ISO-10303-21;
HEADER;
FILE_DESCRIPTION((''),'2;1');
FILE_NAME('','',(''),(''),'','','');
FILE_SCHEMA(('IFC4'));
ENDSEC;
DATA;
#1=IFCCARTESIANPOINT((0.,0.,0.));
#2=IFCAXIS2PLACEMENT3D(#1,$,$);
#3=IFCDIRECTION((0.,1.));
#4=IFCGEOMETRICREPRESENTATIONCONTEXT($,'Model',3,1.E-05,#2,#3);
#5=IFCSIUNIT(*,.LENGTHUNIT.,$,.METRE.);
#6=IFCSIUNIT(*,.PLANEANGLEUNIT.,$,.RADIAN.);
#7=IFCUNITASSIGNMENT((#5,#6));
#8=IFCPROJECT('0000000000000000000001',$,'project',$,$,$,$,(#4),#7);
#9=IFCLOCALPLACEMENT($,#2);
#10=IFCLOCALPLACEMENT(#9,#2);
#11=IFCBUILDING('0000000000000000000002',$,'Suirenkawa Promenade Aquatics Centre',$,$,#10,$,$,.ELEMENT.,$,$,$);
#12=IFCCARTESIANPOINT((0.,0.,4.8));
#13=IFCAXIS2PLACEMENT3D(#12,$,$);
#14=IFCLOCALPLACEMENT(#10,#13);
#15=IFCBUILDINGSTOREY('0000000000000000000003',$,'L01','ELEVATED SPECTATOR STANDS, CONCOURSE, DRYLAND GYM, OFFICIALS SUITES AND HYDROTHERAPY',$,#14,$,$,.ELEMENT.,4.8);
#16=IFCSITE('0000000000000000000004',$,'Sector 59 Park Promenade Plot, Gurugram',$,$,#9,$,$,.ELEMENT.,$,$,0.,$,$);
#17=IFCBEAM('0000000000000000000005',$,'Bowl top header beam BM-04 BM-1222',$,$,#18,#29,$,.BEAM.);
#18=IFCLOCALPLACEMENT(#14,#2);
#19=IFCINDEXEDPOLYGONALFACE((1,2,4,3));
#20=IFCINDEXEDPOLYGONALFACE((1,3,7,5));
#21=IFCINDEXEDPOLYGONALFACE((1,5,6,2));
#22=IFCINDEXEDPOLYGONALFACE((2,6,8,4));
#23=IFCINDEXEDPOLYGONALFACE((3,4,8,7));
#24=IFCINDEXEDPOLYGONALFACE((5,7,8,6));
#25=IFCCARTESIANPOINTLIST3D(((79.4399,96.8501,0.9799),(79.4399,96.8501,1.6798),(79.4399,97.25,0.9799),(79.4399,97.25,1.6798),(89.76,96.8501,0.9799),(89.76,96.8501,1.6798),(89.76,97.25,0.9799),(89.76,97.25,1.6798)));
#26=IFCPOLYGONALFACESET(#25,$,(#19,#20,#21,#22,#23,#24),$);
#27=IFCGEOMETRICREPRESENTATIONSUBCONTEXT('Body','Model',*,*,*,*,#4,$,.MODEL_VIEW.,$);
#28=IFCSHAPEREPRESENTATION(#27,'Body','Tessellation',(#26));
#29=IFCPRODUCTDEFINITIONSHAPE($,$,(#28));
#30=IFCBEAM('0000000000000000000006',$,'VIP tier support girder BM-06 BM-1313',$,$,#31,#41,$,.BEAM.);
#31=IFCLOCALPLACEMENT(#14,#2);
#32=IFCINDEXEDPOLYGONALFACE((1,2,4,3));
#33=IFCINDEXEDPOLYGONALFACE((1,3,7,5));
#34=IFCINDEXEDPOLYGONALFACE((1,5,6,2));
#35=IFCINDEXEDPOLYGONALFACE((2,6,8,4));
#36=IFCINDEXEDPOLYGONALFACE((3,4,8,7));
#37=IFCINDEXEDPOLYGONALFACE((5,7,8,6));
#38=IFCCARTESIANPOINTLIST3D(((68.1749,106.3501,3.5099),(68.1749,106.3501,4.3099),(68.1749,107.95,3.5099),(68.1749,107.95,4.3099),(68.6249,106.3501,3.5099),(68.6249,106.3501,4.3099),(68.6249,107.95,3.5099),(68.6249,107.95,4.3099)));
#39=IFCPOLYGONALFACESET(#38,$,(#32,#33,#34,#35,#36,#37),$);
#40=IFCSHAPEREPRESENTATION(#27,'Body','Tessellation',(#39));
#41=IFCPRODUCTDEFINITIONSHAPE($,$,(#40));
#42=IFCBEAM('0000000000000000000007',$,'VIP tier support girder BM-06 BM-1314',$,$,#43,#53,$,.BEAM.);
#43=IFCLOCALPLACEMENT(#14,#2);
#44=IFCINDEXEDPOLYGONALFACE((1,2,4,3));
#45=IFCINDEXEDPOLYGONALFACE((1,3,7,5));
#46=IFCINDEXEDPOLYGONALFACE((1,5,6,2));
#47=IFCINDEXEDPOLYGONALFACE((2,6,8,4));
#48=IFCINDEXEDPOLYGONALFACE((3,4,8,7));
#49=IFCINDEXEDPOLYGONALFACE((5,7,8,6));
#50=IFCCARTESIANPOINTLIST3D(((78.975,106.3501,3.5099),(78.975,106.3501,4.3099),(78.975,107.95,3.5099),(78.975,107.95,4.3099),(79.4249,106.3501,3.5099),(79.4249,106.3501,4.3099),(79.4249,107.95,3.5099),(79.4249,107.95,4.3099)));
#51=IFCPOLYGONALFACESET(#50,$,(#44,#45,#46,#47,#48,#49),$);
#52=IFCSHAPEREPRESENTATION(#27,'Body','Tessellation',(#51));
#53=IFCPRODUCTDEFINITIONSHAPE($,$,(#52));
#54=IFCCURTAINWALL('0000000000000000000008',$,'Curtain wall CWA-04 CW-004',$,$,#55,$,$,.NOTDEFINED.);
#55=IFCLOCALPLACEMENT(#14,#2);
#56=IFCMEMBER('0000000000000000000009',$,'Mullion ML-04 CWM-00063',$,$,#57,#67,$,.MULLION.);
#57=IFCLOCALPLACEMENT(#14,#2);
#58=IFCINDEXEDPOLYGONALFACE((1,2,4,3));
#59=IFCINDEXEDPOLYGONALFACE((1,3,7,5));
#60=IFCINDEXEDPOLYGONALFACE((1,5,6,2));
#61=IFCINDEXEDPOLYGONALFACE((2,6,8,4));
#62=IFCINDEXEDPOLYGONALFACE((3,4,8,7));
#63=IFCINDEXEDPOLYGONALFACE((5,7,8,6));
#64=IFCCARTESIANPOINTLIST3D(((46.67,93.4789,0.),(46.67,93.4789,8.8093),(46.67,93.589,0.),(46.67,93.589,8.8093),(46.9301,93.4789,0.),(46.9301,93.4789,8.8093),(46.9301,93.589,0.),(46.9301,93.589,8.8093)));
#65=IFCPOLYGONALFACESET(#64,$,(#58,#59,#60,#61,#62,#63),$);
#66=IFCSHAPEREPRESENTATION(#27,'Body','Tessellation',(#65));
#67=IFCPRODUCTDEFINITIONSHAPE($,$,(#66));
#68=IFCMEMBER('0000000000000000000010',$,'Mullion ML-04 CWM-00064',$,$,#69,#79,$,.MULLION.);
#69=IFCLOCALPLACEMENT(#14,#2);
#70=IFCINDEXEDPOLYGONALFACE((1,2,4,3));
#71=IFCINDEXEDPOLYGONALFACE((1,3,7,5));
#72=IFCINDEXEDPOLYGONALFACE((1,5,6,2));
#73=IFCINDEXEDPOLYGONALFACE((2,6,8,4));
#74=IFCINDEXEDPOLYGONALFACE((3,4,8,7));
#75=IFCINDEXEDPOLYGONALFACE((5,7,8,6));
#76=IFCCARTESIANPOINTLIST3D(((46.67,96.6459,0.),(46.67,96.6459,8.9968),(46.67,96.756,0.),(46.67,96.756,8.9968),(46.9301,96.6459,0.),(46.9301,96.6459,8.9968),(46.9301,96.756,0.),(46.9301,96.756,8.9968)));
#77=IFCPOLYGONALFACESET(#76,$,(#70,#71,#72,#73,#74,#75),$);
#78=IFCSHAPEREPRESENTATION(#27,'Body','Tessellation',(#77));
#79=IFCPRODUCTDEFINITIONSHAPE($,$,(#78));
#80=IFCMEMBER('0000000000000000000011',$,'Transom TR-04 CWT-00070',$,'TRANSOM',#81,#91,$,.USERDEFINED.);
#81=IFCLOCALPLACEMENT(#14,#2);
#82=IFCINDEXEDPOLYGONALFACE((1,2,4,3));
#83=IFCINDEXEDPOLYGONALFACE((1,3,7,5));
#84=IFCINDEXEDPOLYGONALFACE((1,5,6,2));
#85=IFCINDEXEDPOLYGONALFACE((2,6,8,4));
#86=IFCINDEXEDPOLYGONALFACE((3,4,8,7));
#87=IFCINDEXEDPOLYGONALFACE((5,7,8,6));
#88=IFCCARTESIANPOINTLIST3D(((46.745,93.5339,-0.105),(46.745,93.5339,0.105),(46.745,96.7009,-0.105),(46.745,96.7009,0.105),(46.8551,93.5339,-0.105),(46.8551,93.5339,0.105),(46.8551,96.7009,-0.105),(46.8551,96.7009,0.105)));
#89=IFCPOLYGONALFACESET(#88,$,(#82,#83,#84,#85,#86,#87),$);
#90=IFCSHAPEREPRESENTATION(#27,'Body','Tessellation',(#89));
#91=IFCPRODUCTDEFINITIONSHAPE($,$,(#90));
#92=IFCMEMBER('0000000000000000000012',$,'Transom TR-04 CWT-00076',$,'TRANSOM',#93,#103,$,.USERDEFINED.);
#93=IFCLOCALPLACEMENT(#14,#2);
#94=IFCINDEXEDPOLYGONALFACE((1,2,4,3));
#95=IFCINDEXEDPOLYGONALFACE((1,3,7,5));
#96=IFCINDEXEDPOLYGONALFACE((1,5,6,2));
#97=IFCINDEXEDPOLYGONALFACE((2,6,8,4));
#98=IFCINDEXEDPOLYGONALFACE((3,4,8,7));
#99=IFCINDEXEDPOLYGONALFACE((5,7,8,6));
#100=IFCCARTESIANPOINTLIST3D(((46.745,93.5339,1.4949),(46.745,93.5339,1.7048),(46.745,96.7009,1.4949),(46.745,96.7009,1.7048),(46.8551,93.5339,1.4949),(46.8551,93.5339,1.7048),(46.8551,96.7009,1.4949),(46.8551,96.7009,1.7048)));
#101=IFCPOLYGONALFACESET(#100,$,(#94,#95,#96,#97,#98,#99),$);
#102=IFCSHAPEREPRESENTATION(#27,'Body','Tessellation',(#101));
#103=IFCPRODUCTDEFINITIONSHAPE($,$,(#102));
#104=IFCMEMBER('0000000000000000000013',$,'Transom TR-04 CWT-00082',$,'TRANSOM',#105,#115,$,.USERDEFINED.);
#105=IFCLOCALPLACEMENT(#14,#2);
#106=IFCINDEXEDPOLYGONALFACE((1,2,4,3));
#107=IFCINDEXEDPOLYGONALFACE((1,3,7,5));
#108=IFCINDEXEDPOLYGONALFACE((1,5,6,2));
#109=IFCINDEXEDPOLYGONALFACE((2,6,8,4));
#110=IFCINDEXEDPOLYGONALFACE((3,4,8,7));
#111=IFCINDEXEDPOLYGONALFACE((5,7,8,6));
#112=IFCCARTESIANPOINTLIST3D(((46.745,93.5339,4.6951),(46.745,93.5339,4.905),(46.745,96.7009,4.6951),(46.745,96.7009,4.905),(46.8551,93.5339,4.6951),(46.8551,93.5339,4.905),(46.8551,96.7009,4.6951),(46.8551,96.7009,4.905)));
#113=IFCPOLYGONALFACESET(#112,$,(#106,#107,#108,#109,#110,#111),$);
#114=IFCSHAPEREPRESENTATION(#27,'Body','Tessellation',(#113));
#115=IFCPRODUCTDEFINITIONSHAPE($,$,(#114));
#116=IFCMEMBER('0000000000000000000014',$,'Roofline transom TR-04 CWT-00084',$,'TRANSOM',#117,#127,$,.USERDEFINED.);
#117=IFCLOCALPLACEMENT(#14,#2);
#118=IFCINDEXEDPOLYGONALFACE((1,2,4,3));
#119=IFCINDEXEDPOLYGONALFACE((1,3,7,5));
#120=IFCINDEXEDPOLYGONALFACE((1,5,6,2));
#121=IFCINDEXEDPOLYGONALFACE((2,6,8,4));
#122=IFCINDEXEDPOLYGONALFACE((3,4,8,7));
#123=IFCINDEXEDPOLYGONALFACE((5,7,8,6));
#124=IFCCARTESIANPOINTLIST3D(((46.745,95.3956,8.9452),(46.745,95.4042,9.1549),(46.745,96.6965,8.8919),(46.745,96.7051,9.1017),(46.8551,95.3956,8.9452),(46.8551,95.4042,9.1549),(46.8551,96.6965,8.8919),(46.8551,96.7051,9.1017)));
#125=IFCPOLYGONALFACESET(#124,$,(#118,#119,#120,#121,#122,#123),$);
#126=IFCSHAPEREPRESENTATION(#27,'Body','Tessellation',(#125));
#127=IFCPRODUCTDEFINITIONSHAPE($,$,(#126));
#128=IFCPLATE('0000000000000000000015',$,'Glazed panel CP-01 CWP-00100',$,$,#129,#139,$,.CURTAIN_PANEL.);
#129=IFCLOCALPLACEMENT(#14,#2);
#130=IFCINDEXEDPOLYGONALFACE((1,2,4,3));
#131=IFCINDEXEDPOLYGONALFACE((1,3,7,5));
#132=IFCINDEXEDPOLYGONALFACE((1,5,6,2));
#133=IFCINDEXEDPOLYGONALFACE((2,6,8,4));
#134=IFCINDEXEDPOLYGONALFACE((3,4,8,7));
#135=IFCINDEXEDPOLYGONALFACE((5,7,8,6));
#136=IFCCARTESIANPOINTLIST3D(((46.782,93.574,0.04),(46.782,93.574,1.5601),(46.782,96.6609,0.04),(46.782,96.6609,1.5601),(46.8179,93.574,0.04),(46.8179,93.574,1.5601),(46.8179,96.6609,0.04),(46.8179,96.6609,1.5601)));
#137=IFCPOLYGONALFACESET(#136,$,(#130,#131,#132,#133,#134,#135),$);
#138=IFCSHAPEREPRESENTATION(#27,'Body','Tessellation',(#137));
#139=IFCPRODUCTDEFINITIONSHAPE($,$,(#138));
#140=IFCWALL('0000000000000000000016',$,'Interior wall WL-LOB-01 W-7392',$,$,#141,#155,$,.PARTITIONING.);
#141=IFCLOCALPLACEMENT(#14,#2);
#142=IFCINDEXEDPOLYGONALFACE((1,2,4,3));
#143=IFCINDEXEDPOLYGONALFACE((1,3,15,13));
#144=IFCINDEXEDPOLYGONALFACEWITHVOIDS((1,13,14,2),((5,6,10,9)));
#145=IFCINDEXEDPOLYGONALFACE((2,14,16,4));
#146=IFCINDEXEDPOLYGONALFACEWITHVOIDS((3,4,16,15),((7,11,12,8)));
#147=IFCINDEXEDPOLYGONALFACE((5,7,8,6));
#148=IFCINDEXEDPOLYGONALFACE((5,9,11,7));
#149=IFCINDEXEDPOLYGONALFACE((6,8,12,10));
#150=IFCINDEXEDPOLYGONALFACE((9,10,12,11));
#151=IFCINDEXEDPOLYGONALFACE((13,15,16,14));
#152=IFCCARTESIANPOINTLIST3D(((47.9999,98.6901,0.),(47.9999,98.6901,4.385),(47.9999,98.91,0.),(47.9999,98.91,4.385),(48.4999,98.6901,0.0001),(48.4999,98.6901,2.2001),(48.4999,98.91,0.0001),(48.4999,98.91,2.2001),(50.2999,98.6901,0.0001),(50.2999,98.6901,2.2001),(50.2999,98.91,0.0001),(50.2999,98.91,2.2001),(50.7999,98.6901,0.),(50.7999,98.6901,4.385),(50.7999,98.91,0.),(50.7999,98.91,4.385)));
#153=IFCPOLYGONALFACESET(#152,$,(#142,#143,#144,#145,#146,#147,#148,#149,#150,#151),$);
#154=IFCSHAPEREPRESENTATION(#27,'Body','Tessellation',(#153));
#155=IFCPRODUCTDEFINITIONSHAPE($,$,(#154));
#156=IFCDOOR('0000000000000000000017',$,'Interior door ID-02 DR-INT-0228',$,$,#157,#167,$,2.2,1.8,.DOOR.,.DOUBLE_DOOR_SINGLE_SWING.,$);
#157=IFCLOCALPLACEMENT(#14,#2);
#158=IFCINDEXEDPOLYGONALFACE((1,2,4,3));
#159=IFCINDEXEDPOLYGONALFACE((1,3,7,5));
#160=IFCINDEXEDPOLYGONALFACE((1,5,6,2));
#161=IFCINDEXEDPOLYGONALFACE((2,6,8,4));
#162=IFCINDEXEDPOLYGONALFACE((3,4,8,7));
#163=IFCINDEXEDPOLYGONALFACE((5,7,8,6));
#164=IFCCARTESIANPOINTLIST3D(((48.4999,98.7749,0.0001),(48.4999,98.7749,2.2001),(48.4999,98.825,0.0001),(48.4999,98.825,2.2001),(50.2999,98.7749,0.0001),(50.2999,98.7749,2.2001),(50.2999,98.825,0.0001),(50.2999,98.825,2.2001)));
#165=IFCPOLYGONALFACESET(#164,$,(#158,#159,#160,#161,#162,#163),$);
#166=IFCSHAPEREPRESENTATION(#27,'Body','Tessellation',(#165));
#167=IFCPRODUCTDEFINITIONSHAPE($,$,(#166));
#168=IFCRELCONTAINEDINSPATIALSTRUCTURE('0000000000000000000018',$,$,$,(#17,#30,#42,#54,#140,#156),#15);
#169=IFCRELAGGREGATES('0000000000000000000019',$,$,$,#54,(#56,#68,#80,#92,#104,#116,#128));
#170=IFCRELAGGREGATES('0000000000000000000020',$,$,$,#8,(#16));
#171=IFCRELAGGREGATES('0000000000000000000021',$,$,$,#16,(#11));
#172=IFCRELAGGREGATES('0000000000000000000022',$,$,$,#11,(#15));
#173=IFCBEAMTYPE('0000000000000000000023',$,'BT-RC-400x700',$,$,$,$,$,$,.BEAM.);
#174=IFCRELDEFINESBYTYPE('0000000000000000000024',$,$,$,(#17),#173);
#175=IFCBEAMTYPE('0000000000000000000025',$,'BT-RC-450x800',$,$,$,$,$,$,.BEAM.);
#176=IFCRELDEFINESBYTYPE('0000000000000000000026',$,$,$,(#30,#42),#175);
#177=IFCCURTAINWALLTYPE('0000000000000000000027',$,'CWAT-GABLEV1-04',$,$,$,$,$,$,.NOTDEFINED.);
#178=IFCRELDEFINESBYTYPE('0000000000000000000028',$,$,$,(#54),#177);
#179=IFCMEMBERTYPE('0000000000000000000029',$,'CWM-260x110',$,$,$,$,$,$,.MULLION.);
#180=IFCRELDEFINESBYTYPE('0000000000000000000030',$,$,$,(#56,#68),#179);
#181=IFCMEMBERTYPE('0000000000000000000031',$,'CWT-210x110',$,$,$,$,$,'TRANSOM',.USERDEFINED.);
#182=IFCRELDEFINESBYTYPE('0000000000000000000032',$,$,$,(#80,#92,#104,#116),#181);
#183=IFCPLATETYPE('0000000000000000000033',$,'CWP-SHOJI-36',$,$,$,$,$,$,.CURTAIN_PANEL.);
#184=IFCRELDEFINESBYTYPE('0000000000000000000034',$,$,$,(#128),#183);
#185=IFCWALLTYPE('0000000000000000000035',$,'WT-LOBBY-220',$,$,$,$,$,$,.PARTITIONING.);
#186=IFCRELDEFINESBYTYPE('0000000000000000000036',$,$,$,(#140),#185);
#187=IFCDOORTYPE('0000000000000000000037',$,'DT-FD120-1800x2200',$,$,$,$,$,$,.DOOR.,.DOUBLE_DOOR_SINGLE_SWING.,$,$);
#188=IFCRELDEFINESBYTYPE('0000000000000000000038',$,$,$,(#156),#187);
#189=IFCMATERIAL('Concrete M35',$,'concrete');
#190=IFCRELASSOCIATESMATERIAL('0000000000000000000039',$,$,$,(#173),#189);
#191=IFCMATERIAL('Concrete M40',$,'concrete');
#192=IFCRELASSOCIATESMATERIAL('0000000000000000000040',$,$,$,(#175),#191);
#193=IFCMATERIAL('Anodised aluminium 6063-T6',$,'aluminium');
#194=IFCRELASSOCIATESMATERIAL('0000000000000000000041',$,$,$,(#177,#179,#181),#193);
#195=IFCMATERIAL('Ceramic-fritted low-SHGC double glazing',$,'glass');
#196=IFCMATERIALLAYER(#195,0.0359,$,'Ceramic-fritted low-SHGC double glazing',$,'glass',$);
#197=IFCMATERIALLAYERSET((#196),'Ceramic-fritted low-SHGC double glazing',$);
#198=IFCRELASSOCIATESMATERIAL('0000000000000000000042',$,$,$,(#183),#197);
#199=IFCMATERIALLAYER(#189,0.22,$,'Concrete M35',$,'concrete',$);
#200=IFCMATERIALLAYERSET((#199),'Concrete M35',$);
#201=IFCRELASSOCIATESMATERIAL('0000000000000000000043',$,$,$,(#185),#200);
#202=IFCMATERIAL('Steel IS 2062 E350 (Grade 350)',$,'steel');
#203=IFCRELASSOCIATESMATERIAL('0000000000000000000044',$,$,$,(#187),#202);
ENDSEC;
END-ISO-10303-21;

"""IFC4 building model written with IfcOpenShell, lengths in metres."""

from ifc_helpers import new_model, si_unit, direction, frame, frame_2d, origin, origin_2d, place, context, subcontext, project, spatial, polyline, rectangle, outline, extrude, material, layer, layer_set, material_profile, profile_set, type_object, element, fill, aggregate, save


model = new_model("IFC4")

# Units and contexts
model_context = context("Model", 3, precision=1e-05, world=origin(), true_north=direction((0.0, 1.0)))
body_context = subcontext(model_context, "Body", "Model", "MODEL_VIEW")
ifc_project = project(units=[si_unit("LENGTHUNIT", "METRE"), si_unit("PLANEANGLEUNIT", "RADIAN")], contexts=[model_context])

# Site, building, storey
site_placement = place(None, origin())
site = spatial("IfcSite", under=ifc_project, at=site_placement, Name="Sector 59 Park Promenade Plot, Gurugram", CompositionType="ELEMENT", RefElevation=0.0)
building_placement = place(site_placement, origin())
building = spatial("IfcBuilding", under=site, at=building_placement, Name="Suirenkawa Promenade Aquatics Centre", CompositionType="ELEMENT")
storey_placement = place(building_placement, frame((0.0, 0.0, 4.8)))
storey = spatial("IfcBuildingStorey", under=building, at=storey_placement, Name="L01", Description="ELEVATED SPECTATOR STANDS, CONCOURSE, DRYLAND GYM, OFFICIALS SUITES AND HYDROTHERAPY", CompositionType="ELEMENT", Elevation=4.8)

# Shared definitions
ifc_material_1 = material(Name="Concrete M40", Category="concrete")

# Beams
ifc_material_2 = material(Name="Steel IS 2062 E350 (Grade 350)", Category="steel")
ifc_material_3 = material(Name="Concrete M35", Category="concrete")
ifc_material_profile_1 = material_profile(ifc_material_3, rectangle(XDim=0.3999, YDim=0.7, at=origin_2d()), Name="RC BM 400x700", Category="concrete")
ifc_profile_set_1 = profile_set([ifc_material_profile_1], Name="Concrete M35")
beam_type_1 = type_object("IfcBeamType", Name="BT-RC-400x700", PredefinedType="BEAM", material=ifc_profile_set_1)
for number, where, z_axis, x_axis, name in (
    (1, (79.4399, 97.05, 1.3298), (1.0, 0.0, 0.0), (0.0, 1.0, 0.0), "Bowl top header beam BM-04 BM-1222"),
):
    element("IfcBeam", number, at=place(storey_placement, frame(where, z_axis=z_axis, x_axis=x_axis)), inside=storey, type_object=beam_type_1, Name=name, PredefinedType="BEAM", context=body_context, shape_type="SweptSolid", body=[
        extrude(rectangle(XDim=0.3999, YDim=0.7, at=origin_2d()), origin(), (0.0, 0.0, 1.0), 10.3201),
    ])
ifc_material_profile_2 = material_profile(ifc_material_1, rectangle(XDim=0.45, YDim=0.8, at=origin_2d()), Name="RC BM 450x800", Category="concrete")
ifc_profile_set_2 = profile_set([ifc_material_profile_2], Name="Concrete M40")
beam_type_2 = type_object("IfcBeamType", Name="BT-RC-450x800", PredefinedType="BEAM", material=ifc_profile_set_2)
for number, where, z_axis, x_axis, name in (
    (2, (68.3999, 106.3501, 3.9099), (0.0, 1.0, 0.0), (-1.0, 0.0, 0.0), "VIP tier support girder BM-06 BM-1313"),
    (3, (79.2, 106.3501, 3.9099), (0.0, 1.0, 0.0), (-1.0, 0.0, 0.0), "VIP tier support girder BM-06 BM-1314"),
):
    element("IfcBeam", number, at=place(storey_placement, frame(where, z_axis=z_axis, x_axis=x_axis)), inside=storey, type_object=beam_type_2, Name=name, PredefinedType="BEAM", context=body_context, shape_type="SweptSolid", body=[
        extrude(rectangle(XDim=0.45, YDim=0.8, at=origin_2d()), origin(), (0.0, 0.0, 1.0), 1.5999),
    ])

# Curtain wall, members, plate
ifc_material_4 = material(Name="Anodised aluminium 6063-T6", Category="aluminium")
curtain_wall_type = type_object("IfcCurtainWallType", Name="CWAT-GABLEV1-04", PredefinedType="NOTDEFINED", material=ifc_material_4)
curtain_wall_placement = place(storey_placement, origin())
curtain_wall = element("IfcCurtainWall", 4, at=curtain_wall_placement, inside=storey, type_object=curtain_wall_type, Name="Curtain wall CWA-04 CW-004", PredefinedType="NOTDEFINED")
ifc_material_profile_3 = material_profile(ifc_material_4, rectangle(XDim=0.1101, YDim=0.26, at=origin_2d()), Name="ALU MULL 110x260", Category="aluminium")
ifc_profile_set_3 = profile_set([ifc_material_profile_3], Name="Anodised aluminium 6063-T6")
member_type_1 = type_object("IfcMemberType", Name="CWM-260x110", PredefinedType="MULLION", material=ifc_profile_set_3)
member_1_placement = place(storey_placement, frame((46.8, 93.5339, 0.0), z_axis=(0.0, 0.0, 1.0), x_axis=(0.0, 1.0, 0.0)))
member_1 = element("IfcMember", 5, at=member_1_placement, type_object=member_type_1, Name="Mullion ML-04 CWM-00063", PredefinedType="MULLION", context=body_context, shape_type="SweptSolid", body=[
    extrude(rectangle(XDim=0.1101, YDim=0.26, at=origin_2d()), origin(), (0.0, 0.0, 1.0), 8.8093),
])
member_2_placement = place(storey_placement, frame((46.8, 96.7009, 0.0), z_axis=(0.0, 0.0, 1.0), x_axis=(0.0, 1.0, 0.0)))
member_2 = element("IfcMember", 6, at=member_2_placement, type_object=member_type_1, Name="Mullion ML-04 CWM-00064", PredefinedType="MULLION", context=body_context, shape_type="SweptSolid", body=[
    extrude(rectangle(XDim=0.1101, YDim=0.26, at=origin_2d()), origin(), (0.0, 0.0, 1.0), 8.9968),
])
ifc_material_profile_4 = material_profile(ifc_material_4, rectangle(XDim=0.1101, YDim=0.21, at=origin_2d()), Name="ALU TRAN 110x210", Category="aluminium")
ifc_profile_set_4 = profile_set([ifc_material_profile_4], Name="Anodised aluminium 6063-T6")
member_type_2 = type_object("IfcMemberType", Name="CWT-210x110", ElementType="TRANSOM", PredefinedType="USERDEFINED", material=ifc_profile_set_4)
member_3_placement = place(storey_placement, frame((46.8, 93.5339, 0.0), z_axis=(0.0, 1.0, 0.0), x_axis=(-1.0, 0.0, 0.0)))
member_3 = element("IfcMember", 7, at=member_3_placement, type_object=member_type_2, Name="Transom TR-04 CWT-00070", ObjectType="TRANSOM", PredefinedType="USERDEFINED", context=body_context, shape_type="SweptSolid", body=[
    extrude(rectangle(XDim=0.1101, YDim=0.21, at=origin_2d()), origin(), (0.0, 0.0, 1.0), 3.167),
])
member_4_placement = place(storey_placement, frame((46.8, 93.5339, 1.5999), z_axis=(0.0, 1.0, 0.0), x_axis=(-1.0, 0.0, 0.0)))
member_4 = element("IfcMember", 8, at=member_4_placement, type_object=member_type_2, Name="Transom TR-04 CWT-00076", ObjectType="TRANSOM", PredefinedType="USERDEFINED", context=body_context, shape_type="SweptSolid", body=[
    extrude(rectangle(XDim=0.1101, YDim=0.21, at=origin_2d()), origin(), (0.0, 0.0, 1.0), 3.167),
])
member_5_placement = place(storey_placement, frame((46.8, 93.5339, 4.8), z_axis=(0.0, 1.0, 0.0), x_axis=(-1.0, 0.0, 0.0)))
member_5 = element("IfcMember", 9, at=member_5_placement, type_object=member_type_2, Name="Transom TR-04 CWT-00082", ObjectType="TRANSOM", PredefinedType="USERDEFINED", context=body_context, shape_type="SweptSolid", body=[
    extrude(rectangle(XDim=0.1101, YDim=0.21, at=origin_2d()), origin(), (0.0, 0.0, 1.0), 3.167),
])
member_6_placement = place(storey_placement, frame((46.8, 95.3999, 9.05), z_axis=(0.0, 0.999164, -0.040874), x_axis=(-1.0, 0.0, 0.0)))
member_6 = element("IfcMember", 10, at=member_6_placement, type_object=member_type_2, Name="Roofline transom TR-04 CWT-00084", ObjectType="TRANSOM", PredefinedType="USERDEFINED", context=body_context, shape_type="SweptSolid", body=[
    extrude(rectangle(XDim=0.1101, YDim=0.21, at=origin_2d()), origin(), (0.0, 0.0, 1.0), 1.302),
])
ifc_material_5 = material(Name="Ceramic-fritted low-SHGC double glazing", Category="glass")
ifc_layer_1 = layer(ifc_material_5, 0.0359, Name="Ceramic-fritted low-SHGC double glazing", Category="glass")
ifc_layer_set_1 = layer_set([ifc_layer_1], Name="Ceramic-fritted low-SHGC double glazing")
plate_type = type_object("IfcPlateType", Name="CWP-SHOJI-36", PredefinedType="CURTAIN_PANEL", material=ifc_layer_set_1)
plate_1_placement = place(storey_placement, frame((46.8, 93.5339, 0.04), z_axis=(0.0, 0.0, 1.0), x_axis=(0.0, 1.0, 0.0)))
plate_1 = element("IfcPlate", 11, at=plate_1_placement, type_object=plate_type, Name="Glazed panel CP-01 CWP-00100", PredefinedType="CURTAIN_PANEL", context=body_context, shape_type="SweptSolid", body=[
    extrude(outline(polyline([(0.04, 0.0), (3.127, 0.0), (3.127, 1.52), (0.04, 1.52), (0.04, 0.0)])), frame((0.0, 0.0181, 0.0), z_axis=(0.0, -1.0, 0.0), x_axis=(1.0, 0.0, 0.0)), (0.0, 0.0, 1.0), 0.0359),
])
aggregate(curtain_wall, [member_1, member_2, member_3, member_4, member_5, member_6, plate_1])

# Wall, opening, door
ifc_layer_2 = layer(ifc_material_3, 0.22, Name="Concrete M35", Category="concrete")
ifc_layer_set_2 = layer_set([ifc_layer_2], Name="Concrete M35")
wall_type = type_object("IfcWallType", Name="WT-LOBBY-220", PredefinedType="PARTITIONING", material=ifc_layer_set_2)
wall_1_placement = place(storey_placement, frame((48.0, 98.8, 0.0), z_axis=(0.0, 0.0, 1.0), x_axis=(1.0, 0.0, 0.0)))
wall_1 = element("IfcWall", 12, at=wall_1_placement, inside=storey, type_object=wall_type, Name="Interior wall WL-LOB-01 W-7392", PredefinedType="PARTITIONING", context=body_context, shape_type="SweptSolid", body=[
    extrude(rectangle(XDim=2.8, YDim=0.22, at=frame_2d((1.3999, 0.0))), origin(), (0.0, 0.0, 1.0), 4.385),
])
opening_1_placement = place(wall_1_placement, frame((0.5, 0.0, 0.0)))
opening_1 = element("IfcOpeningElement", 13, at=opening_1_placement, cuts=wall_1, PredefinedType="OPENING", context=body_context, shape_type="SweptSolid", body=[
    extrude(rectangle(XDim=1.8, YDim=2.2, at=frame_2d((0.8999, 1.1001))), frame((0.0, 0.1199, 0.0), z_axis=(0.0, -1.0, 0.0), x_axis=(1.0, 0.0, 0.0)), (0.0, 0.0, 1.0), 0.24),
])
door_type = type_object("IfcDoorType", Name="DT-FD120-1800x2200", OperationType="DOUBLE_DOOR_SINGLE_SWING", PredefinedType="DOOR", material=ifc_material_2)
door_1_placement = place(opening_1_placement, origin())
door_1 = element("IfcDoor", 14, at=door_1_placement, inside=storey, type_object=door_type, Name="Interior door ID-02 DR-INT-0228", OperationType="DOUBLE_DOOR_SINGLE_SWING", OverallHeight=2.2, OverallWidth=1.8, PredefinedType="DOOR", context=body_context, shape_type="SweptSolid", body=[
    extrude(rectangle(XDim=1.8, YDim=2.2, at=frame_2d((0.8999, 1.1001))), frame((0.0, 0.0249, 0.0), z_axis=(0.0, -1.0, 0.0), x_axis=(1.0, 0.0, 0.0)), (0.0, 0.0, 1.0), 0.05),
])
fill(opening_1, door_1)

save(model, "model.ifc")
